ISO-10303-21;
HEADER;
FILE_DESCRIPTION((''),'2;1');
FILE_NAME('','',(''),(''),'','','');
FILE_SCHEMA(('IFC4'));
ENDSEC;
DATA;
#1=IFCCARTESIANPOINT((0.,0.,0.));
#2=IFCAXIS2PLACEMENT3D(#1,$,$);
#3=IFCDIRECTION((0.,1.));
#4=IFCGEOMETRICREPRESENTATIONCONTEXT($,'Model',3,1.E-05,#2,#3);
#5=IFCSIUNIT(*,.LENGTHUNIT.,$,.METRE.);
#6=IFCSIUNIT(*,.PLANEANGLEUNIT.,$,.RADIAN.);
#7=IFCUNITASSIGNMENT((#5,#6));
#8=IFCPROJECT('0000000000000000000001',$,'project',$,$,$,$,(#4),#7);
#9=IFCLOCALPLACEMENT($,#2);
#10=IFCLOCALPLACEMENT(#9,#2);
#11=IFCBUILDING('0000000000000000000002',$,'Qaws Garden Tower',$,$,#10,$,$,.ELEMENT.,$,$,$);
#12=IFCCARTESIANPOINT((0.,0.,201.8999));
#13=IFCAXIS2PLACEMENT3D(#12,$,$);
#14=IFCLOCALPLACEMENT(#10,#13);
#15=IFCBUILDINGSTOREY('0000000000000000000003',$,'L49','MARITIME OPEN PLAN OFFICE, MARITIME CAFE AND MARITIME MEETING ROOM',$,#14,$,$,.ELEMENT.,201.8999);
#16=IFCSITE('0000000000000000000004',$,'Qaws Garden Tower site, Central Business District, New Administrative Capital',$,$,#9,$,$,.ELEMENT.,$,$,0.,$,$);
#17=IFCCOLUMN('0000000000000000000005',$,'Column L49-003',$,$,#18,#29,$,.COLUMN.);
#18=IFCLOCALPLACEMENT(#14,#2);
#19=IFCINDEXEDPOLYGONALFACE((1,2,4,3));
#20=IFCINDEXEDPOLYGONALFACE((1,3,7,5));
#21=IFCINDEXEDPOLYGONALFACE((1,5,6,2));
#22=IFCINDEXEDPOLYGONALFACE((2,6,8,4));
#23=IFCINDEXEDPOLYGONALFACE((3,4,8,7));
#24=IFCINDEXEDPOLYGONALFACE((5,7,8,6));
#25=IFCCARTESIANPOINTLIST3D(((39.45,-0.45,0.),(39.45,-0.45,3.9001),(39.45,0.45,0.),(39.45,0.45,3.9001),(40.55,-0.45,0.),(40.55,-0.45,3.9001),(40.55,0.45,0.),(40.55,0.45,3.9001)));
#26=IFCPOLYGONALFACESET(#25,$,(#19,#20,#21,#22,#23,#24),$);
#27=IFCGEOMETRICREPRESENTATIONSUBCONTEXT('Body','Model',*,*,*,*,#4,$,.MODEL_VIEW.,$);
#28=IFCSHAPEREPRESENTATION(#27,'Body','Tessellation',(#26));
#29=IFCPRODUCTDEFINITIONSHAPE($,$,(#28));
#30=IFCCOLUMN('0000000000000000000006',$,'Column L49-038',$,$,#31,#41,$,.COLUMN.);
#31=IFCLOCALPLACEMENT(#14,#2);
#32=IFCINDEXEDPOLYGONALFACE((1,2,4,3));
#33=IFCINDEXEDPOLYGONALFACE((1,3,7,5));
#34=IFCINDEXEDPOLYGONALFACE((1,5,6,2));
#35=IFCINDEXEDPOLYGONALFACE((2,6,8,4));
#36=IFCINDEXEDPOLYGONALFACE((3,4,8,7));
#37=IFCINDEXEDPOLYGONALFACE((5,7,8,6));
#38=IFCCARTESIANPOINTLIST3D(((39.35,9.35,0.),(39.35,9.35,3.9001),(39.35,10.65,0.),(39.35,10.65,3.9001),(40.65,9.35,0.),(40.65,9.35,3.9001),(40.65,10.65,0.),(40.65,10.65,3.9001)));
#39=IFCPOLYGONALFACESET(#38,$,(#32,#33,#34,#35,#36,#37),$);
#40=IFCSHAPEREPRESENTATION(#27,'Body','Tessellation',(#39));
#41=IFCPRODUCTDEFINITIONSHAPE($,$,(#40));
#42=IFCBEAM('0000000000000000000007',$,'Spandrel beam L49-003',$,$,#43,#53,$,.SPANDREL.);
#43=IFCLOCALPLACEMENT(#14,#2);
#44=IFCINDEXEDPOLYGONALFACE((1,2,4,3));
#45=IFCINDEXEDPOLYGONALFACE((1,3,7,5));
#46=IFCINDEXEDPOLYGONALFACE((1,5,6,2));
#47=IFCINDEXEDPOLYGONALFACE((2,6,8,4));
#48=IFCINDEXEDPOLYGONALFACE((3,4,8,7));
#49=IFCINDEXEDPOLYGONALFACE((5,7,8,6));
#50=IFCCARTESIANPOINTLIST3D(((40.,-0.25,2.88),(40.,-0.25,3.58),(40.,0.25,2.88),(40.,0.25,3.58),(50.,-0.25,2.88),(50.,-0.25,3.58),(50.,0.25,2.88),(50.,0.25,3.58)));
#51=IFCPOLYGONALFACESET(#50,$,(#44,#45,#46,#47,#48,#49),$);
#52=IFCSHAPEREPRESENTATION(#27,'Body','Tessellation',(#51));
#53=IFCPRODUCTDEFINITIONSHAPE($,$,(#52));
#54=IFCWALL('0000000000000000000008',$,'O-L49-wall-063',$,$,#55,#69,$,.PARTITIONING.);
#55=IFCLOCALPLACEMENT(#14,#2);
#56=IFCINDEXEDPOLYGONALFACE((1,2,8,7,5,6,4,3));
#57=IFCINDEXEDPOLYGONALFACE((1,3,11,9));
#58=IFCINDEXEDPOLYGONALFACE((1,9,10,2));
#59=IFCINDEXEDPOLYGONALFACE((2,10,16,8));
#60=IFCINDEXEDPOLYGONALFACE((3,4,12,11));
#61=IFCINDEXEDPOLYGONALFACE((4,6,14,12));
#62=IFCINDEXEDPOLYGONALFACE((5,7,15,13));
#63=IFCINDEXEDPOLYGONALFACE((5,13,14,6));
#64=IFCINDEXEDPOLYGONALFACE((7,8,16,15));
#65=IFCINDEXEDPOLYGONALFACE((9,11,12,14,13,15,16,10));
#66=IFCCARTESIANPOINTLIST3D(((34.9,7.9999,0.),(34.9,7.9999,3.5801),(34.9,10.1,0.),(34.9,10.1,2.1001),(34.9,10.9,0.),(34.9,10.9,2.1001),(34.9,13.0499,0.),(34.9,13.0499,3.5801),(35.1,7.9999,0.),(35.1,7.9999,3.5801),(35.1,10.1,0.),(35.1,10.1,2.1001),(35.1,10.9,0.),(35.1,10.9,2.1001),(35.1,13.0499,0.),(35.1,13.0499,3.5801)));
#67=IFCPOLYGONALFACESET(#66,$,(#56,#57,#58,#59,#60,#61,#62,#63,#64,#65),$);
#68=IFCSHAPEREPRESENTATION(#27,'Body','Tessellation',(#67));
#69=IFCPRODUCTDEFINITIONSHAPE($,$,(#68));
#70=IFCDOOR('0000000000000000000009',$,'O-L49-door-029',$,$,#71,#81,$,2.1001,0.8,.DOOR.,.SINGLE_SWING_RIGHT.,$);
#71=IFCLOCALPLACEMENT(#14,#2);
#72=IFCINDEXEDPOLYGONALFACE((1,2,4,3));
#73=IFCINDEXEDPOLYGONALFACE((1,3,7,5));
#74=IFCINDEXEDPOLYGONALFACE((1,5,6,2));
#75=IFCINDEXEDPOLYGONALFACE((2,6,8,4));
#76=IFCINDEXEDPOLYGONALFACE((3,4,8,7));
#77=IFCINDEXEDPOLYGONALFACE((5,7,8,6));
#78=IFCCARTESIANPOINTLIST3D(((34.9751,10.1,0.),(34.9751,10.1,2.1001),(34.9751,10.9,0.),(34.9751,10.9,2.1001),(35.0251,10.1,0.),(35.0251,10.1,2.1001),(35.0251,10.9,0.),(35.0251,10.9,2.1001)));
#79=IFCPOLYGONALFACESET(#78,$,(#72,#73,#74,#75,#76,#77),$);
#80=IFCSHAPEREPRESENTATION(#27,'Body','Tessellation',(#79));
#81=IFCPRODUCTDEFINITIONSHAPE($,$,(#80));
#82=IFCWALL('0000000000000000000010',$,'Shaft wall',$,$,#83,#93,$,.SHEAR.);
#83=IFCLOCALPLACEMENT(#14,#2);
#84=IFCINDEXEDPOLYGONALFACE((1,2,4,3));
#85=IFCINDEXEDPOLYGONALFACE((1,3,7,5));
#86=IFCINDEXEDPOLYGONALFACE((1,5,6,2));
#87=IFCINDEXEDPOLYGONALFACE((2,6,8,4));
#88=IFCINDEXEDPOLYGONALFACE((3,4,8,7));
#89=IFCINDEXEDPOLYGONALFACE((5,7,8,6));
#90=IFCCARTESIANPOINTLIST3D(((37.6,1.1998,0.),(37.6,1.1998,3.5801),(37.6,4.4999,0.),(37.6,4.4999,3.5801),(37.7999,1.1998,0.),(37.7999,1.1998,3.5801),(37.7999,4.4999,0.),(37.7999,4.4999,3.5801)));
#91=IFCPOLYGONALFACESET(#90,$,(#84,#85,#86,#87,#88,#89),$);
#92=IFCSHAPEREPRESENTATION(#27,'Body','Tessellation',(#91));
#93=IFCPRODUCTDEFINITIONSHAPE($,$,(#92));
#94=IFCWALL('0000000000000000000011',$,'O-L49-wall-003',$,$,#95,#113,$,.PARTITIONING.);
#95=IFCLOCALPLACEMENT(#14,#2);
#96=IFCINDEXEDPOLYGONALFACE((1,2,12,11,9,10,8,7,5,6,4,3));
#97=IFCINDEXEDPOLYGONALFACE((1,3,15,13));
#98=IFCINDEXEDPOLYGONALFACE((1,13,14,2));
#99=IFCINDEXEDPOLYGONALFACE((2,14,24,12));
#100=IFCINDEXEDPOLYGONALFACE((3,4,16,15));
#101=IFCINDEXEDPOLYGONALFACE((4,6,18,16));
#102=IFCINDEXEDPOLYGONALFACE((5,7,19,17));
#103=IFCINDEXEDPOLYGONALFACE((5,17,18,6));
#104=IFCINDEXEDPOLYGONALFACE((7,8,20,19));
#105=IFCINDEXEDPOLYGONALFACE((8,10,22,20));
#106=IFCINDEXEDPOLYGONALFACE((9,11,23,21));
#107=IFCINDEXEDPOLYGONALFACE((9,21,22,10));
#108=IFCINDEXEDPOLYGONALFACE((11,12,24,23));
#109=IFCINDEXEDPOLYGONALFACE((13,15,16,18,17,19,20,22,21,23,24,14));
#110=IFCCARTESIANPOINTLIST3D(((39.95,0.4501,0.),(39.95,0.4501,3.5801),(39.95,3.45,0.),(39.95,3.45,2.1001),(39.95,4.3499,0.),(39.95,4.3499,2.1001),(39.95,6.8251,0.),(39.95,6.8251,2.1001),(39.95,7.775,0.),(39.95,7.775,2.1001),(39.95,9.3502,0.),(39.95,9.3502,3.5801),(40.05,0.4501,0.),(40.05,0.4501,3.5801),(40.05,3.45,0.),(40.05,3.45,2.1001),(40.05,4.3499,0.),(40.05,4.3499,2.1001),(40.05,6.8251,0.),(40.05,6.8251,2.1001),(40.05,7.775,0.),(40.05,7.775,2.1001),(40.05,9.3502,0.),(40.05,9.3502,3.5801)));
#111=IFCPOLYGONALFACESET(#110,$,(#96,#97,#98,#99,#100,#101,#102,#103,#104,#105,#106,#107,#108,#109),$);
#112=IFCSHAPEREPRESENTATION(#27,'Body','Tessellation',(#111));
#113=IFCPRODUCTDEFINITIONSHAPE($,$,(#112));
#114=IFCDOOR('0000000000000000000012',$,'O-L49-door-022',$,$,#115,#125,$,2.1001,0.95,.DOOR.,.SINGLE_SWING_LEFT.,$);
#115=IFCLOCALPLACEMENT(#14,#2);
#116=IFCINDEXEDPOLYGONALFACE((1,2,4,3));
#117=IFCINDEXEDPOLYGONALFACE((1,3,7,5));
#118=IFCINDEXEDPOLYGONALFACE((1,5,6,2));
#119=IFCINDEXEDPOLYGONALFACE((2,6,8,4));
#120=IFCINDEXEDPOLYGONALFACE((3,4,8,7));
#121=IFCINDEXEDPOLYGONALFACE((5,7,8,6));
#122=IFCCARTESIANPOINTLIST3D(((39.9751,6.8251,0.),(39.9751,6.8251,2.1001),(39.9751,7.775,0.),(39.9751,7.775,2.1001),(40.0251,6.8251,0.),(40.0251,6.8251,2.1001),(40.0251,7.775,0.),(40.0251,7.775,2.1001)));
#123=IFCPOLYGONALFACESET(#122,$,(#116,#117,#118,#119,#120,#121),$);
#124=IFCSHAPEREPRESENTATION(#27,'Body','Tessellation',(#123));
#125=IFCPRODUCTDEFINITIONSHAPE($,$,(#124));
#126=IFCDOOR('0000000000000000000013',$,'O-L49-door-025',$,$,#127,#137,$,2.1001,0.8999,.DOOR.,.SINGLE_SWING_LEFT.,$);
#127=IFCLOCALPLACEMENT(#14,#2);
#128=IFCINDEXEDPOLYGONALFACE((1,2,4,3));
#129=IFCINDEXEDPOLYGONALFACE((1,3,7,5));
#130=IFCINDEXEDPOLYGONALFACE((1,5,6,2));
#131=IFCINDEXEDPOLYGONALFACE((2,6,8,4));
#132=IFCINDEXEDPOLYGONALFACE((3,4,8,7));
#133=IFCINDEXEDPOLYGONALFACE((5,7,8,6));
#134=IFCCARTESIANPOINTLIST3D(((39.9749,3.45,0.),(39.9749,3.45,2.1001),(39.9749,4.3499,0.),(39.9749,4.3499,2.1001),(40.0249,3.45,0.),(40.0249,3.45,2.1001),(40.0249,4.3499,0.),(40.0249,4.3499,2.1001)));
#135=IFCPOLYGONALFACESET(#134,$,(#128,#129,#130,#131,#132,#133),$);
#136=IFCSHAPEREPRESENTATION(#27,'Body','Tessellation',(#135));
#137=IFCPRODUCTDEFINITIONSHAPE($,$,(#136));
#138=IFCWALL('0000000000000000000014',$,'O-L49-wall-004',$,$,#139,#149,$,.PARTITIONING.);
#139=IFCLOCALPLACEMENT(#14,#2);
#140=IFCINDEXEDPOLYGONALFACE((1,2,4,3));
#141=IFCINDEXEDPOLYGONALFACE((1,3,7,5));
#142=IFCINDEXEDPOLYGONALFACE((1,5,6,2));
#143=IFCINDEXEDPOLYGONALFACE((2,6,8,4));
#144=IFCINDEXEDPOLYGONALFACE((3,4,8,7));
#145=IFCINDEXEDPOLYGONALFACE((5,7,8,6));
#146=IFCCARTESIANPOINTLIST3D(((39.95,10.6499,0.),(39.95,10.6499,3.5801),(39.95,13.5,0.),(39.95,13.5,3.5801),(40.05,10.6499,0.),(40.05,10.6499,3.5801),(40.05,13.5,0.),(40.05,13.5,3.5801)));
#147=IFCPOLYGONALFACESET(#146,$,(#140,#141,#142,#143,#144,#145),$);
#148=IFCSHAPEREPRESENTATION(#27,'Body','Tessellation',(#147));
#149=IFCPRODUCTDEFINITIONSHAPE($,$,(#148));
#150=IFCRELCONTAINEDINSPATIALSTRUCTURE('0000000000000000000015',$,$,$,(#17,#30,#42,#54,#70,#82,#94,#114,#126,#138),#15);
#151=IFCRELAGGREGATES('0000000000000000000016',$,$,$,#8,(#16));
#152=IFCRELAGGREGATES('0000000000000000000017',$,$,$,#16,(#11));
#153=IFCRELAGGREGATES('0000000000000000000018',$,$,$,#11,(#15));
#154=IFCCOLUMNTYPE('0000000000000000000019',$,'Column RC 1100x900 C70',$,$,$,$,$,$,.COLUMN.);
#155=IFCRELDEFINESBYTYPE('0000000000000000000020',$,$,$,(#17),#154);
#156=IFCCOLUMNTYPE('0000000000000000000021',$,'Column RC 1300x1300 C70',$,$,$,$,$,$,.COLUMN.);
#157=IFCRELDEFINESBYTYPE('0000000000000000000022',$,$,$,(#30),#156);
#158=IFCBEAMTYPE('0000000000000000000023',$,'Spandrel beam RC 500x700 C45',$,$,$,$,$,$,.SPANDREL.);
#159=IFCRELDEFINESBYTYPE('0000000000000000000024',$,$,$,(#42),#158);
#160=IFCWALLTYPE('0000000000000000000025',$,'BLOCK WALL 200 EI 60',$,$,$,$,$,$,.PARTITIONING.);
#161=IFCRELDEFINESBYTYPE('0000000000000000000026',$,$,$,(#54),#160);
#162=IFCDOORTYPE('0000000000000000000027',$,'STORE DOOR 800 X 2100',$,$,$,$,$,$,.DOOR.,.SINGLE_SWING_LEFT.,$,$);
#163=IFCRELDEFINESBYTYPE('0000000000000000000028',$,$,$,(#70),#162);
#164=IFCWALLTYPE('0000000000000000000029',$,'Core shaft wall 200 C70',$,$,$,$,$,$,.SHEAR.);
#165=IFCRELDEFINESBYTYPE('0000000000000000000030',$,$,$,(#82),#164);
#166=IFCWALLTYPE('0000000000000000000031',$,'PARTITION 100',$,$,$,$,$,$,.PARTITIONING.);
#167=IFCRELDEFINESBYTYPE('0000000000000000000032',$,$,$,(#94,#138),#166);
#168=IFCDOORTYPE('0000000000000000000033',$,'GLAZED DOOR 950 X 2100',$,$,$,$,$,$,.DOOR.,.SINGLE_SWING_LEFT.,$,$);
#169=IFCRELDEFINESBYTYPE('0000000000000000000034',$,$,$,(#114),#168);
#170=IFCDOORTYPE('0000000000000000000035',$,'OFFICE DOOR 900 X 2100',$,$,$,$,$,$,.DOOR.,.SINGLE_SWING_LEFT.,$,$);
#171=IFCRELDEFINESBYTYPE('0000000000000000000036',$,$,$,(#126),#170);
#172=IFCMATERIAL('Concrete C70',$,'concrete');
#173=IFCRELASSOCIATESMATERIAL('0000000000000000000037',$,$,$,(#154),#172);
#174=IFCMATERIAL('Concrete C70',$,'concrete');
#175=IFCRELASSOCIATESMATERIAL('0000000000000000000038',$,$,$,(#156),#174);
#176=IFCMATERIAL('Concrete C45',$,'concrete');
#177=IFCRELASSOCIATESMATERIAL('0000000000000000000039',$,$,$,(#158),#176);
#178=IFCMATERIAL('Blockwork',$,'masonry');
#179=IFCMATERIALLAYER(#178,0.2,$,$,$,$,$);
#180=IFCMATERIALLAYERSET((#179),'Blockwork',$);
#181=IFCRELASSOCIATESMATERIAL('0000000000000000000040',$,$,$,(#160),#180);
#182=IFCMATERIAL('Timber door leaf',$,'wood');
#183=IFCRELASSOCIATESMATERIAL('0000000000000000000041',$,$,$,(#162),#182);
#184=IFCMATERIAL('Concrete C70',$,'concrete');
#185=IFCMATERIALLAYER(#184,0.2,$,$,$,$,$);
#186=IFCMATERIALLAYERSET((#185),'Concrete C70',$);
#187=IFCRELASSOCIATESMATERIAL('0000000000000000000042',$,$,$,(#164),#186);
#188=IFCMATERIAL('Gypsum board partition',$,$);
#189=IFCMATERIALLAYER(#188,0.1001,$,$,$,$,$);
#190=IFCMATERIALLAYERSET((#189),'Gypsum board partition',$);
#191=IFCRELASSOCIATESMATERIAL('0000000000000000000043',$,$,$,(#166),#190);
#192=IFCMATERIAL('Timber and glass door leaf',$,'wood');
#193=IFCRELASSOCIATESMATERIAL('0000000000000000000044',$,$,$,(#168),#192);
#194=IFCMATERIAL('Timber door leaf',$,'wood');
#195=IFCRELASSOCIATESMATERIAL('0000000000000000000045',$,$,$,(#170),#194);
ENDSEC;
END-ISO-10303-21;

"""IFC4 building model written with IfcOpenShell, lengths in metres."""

from ifc_helpers import new_model, si_unit, direction, frame, frame_2d, origin, origin_2d, place, context, subcontext, project, spatial, rectangle, extrude, material, layer, layer_set, material_profile, profile_set, type_object, element, fill, save


model = new_model("IFC4")

# Units and contexts
model_context = context("Model", 3, precision=1e-05, world=origin(), true_north=direction((0.0, 1.0)))
body_context = subcontext(model_context, "Body", "Model", "MODEL_VIEW")
ifc_project = project(units=[si_unit("LENGTHUNIT", "METRE"), si_unit("PLANEANGLEUNIT", "RADIAN")], contexts=[model_context])

# Site, building, storey
site_placement = place(None, origin())
site = spatial("IfcSite", under=ifc_project, at=site_placement, Name="Qaws Garden Tower site, Central Business District, New Administrative Capital", CompositionType="ELEMENT", RefElevation=0.0)
building_placement = place(site_placement, origin())
building = spatial("IfcBuilding", under=site, at=building_placement, Name="Qaws Garden Tower", CompositionType="ELEMENT")
storey_placement = place(building_placement, frame((0.0, 0.0, 201.8999)))
storey = spatial("IfcBuildingStorey", under=building, at=storey_placement, Name="L49", Description="MARITIME OPEN PLAN OFFICE, MARITIME CAFE AND MARITIME MEETING ROOM", CompositionType="ELEMENT", Elevation=201.8999)

# Columns
ifc_material_1 = material(Name="Concrete C70", Category="concrete")
ifc_material_profile_1 = material_profile(ifc_material_1, rectangle(XDim=1.1001, YDim=0.8999, at=origin_2d()), Name="RC 1100x900")
ifc_profile_set_1 = profile_set([ifc_material_profile_1], Name="Concrete C70")
column_type_1 = type_object("IfcColumnType", Name="Column RC 1100x900 C70", PredefinedType="COLUMN", material=ifc_profile_set_1)
column_1_placement = place(storey_placement, frame((40.0, 0.0, 0.0), z_axis=(0.0, 0.0, 1.0), x_axis=(1.0, 0.0, 0.0)))
element("IfcColumn", 1, at=column_1_placement, inside=storey, type_object=column_type_1, Name="Column L49-003", PredefinedType="COLUMN", context=body_context, shape_type="SweptSolid", body=[
    extrude(rectangle(XDim=1.1001, YDim=0.8999, at=origin_2d()), origin(), (0.0, 0.0, 1.0), 3.9001),
])
ifc_material_2 = material(Name="Concrete C70", Category="concrete")
ifc_material_profile_2 = material_profile(ifc_material_2, rectangle(XDim=1.3, YDim=1.3, at=origin_2d()), Name="RC 1300x1300")
ifc_profile_set_2 = profile_set([ifc_material_profile_2], Name="Concrete C70")
column_type_2 = type_object("IfcColumnType", Name="Column RC 1300x1300 C70", PredefinedType="COLUMN", material=ifc_profile_set_2)
column_2_placement = place(storey_placement, frame((40.0, 10.0, 0.0), z_axis=(0.0, 0.0, 1.0), x_axis=(1.0, 0.0, 0.0)))
element("IfcColumn", 2, at=column_2_placement, inside=storey, type_object=column_type_2, Name="Column L49-038", PredefinedType="COLUMN", context=body_context, shape_type="SweptSolid", body=[
    extrude(rectangle(XDim=1.3, YDim=1.3, at=origin_2d()), origin(), (0.0, 0.0, 1.0), 3.9001),
])

# Beam
ifc_material_3 = material(Name="Concrete C45", Category="concrete")
ifc_material_profile_3 = material_profile(ifc_material_3, rectangle(XDim=0.5, YDim=0.7, at=origin_2d()), Name="RC 500x700")
ifc_profile_set_3 = profile_set([ifc_material_profile_3], Name="Concrete C45")
beam_type = type_object("IfcBeamType", Name="Spandrel beam RC 500x700 C45", PredefinedType="SPANDREL", material=ifc_profile_set_3)
beam_placement = place(storey_placement, frame((40.0, 0.0, 3.23), z_axis=(1.0, 0.0, 0.0), x_axis=(0.0, 1.0, 0.0)))
element("IfcBeam", 3, at=beam_placement, inside=storey, type_object=beam_type, Name="Spandrel beam L49-003", PredefinedType="SPANDREL", context=body_context, shape_type="SweptSolid", body=[
    extrude(rectangle(XDim=0.5, YDim=0.7, at=origin_2d()), origin(), (0.0, 0.0, 1.0), 10.0),
])

# Wall, opening, door
ifc_material_4 = material(Name="Blockwork", Category="masonry")
ifc_layer_1 = layer(ifc_material_4, 0.2)
ifc_layer_set_1 = layer_set([ifc_layer_1], Name="Blockwork")
wall_type_1 = type_object("IfcWallType", Name="BLOCK WALL 200 EI 60", PredefinedType="PARTITIONING", material=ifc_layer_set_1)
wall_1_placement = place(storey_placement, frame((35.0, 8.0, 0.0), z_axis=(0.0, 0.0, 1.0), x_axis=(0.0, 1.0, 0.0)))
wall_1 = element("IfcWall", 4, at=wall_1_placement, inside=storey, type_object=wall_type_1, Name="O-L49-wall-063", PredefinedType="PARTITIONING", context=body_context, shape_type="SweptSolid", body=[
    extrude(rectangle(XDim=5.05, YDim=0.2, at=frame_2d((2.5249, 0.0))), origin(), (0.0, 0.0, 1.0), 3.5801),
])
opening_1_placement = place(wall_1_placement, frame((2.1001, 0.0, 0.0)))
opening_1 = element("IfcOpeningElement", 5, at=opening_1_placement, cuts=wall_1, PredefinedType="OPENING", context=body_context, shape_type="SweptSolid", body=[
    extrude(rectangle(XDim=0.8, YDim=2.1001, at=frame_2d((0.3999, 1.05))), frame((0.0, 0.1099, 0.0), z_axis=(0.0, -1.0, 0.0), x_axis=(1.0, 0.0, 0.0)), (0.0, 0.0, 1.0), 0.22),
])
ifc_material_5 = material(Name="Timber door leaf", Category="wood")
door_type_1 = type_object("IfcDoorType", Name="STORE DOOR 800 X 2100", OperationType="SINGLE_SWING_LEFT", PredefinedType="DOOR", material=ifc_material_5)
door_1_placement = place(opening_1_placement, origin())
door_1 = element("IfcDoor", 6, at=door_1_placement, inside=storey, type_object=door_type_1, Name="O-L49-door-029", OperationType="SINGLE_SWING_RIGHT", OverallHeight=2.1001, OverallWidth=0.8, PredefinedType="DOOR", context=body_context, shape_type="SweptSolid", body=[
    extrude(rectangle(XDim=0.8, YDim=2.1001, at=frame_2d((0.3999, 1.05))), frame((0.0, 0.0249, 0.0), z_axis=(0.0, -1.0, 0.0), x_axis=(1.0, 0.0, 0.0)), (0.0, 0.0, 1.0), 0.05),
])
fill(opening_1, door_1)

# Wall
ifc_material_6 = material(Name="Concrete C70", Category="concrete")
ifc_layer_2 = layer(ifc_material_6, 0.2)
ifc_layer_set_2 = layer_set([ifc_layer_2], Name="Concrete C70")
wall_type_2 = type_object("IfcWallType", Name="Core shaft wall 200 C70", PredefinedType="SHEAR", material=ifc_layer_set_2)
wall_2_placement = place(storey_placement, frame((37.7, 1.2, 0.0), z_axis=(0.0, 0.0, 1.0), x_axis=(0.0, 1.0, 0.0)))
element("IfcWall", 7, at=wall_2_placement, inside=storey, type_object=wall_type_2, Name="Shaft wall", PredefinedType="SHEAR", context=body_context, shape_type="SweptSolid", body=[
    extrude(rectangle(XDim=3.3, YDim=0.2, at=frame_2d((1.6499, 0.0))), origin(), (0.0, 0.0, 1.0), 3.5801),
])

# Wall, openings, doors
ifc_material_7 = material(Name="Gypsum board partition")
ifc_layer_3 = layer(ifc_material_7, 0.1001)
ifc_layer_set_3 = layer_set([ifc_layer_3], Name="Gypsum board partition")
wall_type_3 = type_object("IfcWallType", Name="PARTITION 100", PredefinedType="PARTITIONING", material=ifc_layer_set_3)
wall_3_placement = place(storey_placement, frame((40.0, 0.45, 0.0), z_axis=(0.0, 0.0, 1.0), x_axis=(0.0, 1.0, 0.0)))
wall_3 = element("IfcWall", 8, at=wall_3_placement, inside=storey, type_object=wall_type_3, Name="O-L49-wall-003", PredefinedType="PARTITIONING", context=body_context, shape_type="SweptSolid", body=[
    extrude(rectangle(XDim=8.9001, YDim=0.1001, at=frame_2d((4.4502, 0.0))), origin(), (0.0, 0.0, 1.0), 3.5801),
])
opening_2_placement = place(wall_3_placement, frame((6.375, 0.0, 0.0)))
opening_2 = element("IfcOpeningElement", 9, at=opening_2_placement, cuts=wall_3, PredefinedType="OPENING", context=body_context, shape_type="SweptSolid", body=[
    extrude(rectangle(XDim=0.95, YDim=2.1001, at=frame_2d((0.4751, 1.05))), frame((0.0, 0.0601, 0.0), z_axis=(0.0, -1.0, 0.0), x_axis=(1.0, 0.0, 0.0)), (0.0, 0.0, 1.0), 0.1201),
])
opening_3_placement = place(wall_3_placement, frame((3.0, 0.0, 0.0)))
opening_3 = element("IfcOpeningElement", 10, at=opening_3_placement, cuts=wall_3, PredefinedType="OPENING", context=body_context, shape_type="SweptSolid", body=[
    extrude(rectangle(XDim=0.8999, YDim=2.1001, at=frame_2d((0.45, 1.05))), frame((0.0, 0.0601, 0.0), z_axis=(0.0, -1.0, 0.0), x_axis=(1.0, 0.0, 0.0)), (0.0, 0.0, 1.0), 0.1201),
])
ifc_material_8 = material(Name="Timber and glass door leaf", Category="wood")
door_type_2 = type_object("IfcDoorType", Name="GLAZED DOOR 950 X 2100", OperationType="SINGLE_SWING_LEFT", PredefinedType="DOOR", material=ifc_material_8)
door_2_placement = place(opening_2_placement, origin())
door_2 = element("IfcDoor", 11, at=door_2_placement, inside=storey, type_object=door_type_2, Name="O-L49-door-022", OperationType="SINGLE_SWING_LEFT", OverallHeight=2.1001, OverallWidth=0.95, PredefinedType="DOOR", context=body_context, shape_type="SweptSolid", body=[
    extrude(rectangle(XDim=0.95, YDim=2.1001, at=frame_2d((0.4751, 1.05))), frame((0.0, 0.0249, 0.0), z_axis=(0.0, -1.0, 0.0), x_axis=(1.0, 0.0, 0.0)), (0.0, 0.0, 1.0), 0.05),
])
fill(opening_2, door_2)
ifc_material_9 = material(Name="Timber door leaf", Category="wood")
door_type_3 = type_object("IfcDoorType", Name="OFFICE DOOR 900 X 2100", OperationType="SINGLE_SWING_LEFT", PredefinedType="DOOR", material=ifc_material_9)
door_3_placement = place(opening_3_placement, frame((0.8999, 0.0, 0.0), z_axis=(0.0, 0.0, 1.0), x_axis=(-1.0, 0.0, 0.0)))
door_3 = element("IfcDoor", 12, at=door_3_placement, inside=storey, type_object=door_type_3, Name="O-L49-door-025", OperationType="SINGLE_SWING_LEFT", OverallHeight=2.1001, OverallWidth=0.8999, PredefinedType="DOOR", context=body_context, shape_type="SweptSolid", body=[
    extrude(rectangle(XDim=0.8999, YDim=2.1001, at=frame_2d((0.45, 1.05))), frame((0.0, 0.0249, 0.0), z_axis=(0.0, -1.0, 0.0), x_axis=(1.0, 0.0, 0.0)), (0.0, 0.0, 1.0), 0.05),
])
fill(opening_3, door_3)

# Wall
wall_4_placement = place(storey_placement, frame((40.0, 10.6499, 0.0), z_axis=(0.0, 0.0, 1.0), x_axis=(0.0, 1.0, 0.0)))
element("IfcWall", 13, at=wall_4_placement, inside=storey, type_object=wall_type_3, Name="O-L49-wall-004", PredefinedType="PARTITIONING", context=body_context, shape_type="SweptSolid", body=[
    extrude(rectangle(XDim=2.8501, YDim=0.1001, at=frame_2d((1.425, 0.0))), origin(), (0.0, 0.0, 1.0), 3.5801),
])

save(model, "model.ifc")
